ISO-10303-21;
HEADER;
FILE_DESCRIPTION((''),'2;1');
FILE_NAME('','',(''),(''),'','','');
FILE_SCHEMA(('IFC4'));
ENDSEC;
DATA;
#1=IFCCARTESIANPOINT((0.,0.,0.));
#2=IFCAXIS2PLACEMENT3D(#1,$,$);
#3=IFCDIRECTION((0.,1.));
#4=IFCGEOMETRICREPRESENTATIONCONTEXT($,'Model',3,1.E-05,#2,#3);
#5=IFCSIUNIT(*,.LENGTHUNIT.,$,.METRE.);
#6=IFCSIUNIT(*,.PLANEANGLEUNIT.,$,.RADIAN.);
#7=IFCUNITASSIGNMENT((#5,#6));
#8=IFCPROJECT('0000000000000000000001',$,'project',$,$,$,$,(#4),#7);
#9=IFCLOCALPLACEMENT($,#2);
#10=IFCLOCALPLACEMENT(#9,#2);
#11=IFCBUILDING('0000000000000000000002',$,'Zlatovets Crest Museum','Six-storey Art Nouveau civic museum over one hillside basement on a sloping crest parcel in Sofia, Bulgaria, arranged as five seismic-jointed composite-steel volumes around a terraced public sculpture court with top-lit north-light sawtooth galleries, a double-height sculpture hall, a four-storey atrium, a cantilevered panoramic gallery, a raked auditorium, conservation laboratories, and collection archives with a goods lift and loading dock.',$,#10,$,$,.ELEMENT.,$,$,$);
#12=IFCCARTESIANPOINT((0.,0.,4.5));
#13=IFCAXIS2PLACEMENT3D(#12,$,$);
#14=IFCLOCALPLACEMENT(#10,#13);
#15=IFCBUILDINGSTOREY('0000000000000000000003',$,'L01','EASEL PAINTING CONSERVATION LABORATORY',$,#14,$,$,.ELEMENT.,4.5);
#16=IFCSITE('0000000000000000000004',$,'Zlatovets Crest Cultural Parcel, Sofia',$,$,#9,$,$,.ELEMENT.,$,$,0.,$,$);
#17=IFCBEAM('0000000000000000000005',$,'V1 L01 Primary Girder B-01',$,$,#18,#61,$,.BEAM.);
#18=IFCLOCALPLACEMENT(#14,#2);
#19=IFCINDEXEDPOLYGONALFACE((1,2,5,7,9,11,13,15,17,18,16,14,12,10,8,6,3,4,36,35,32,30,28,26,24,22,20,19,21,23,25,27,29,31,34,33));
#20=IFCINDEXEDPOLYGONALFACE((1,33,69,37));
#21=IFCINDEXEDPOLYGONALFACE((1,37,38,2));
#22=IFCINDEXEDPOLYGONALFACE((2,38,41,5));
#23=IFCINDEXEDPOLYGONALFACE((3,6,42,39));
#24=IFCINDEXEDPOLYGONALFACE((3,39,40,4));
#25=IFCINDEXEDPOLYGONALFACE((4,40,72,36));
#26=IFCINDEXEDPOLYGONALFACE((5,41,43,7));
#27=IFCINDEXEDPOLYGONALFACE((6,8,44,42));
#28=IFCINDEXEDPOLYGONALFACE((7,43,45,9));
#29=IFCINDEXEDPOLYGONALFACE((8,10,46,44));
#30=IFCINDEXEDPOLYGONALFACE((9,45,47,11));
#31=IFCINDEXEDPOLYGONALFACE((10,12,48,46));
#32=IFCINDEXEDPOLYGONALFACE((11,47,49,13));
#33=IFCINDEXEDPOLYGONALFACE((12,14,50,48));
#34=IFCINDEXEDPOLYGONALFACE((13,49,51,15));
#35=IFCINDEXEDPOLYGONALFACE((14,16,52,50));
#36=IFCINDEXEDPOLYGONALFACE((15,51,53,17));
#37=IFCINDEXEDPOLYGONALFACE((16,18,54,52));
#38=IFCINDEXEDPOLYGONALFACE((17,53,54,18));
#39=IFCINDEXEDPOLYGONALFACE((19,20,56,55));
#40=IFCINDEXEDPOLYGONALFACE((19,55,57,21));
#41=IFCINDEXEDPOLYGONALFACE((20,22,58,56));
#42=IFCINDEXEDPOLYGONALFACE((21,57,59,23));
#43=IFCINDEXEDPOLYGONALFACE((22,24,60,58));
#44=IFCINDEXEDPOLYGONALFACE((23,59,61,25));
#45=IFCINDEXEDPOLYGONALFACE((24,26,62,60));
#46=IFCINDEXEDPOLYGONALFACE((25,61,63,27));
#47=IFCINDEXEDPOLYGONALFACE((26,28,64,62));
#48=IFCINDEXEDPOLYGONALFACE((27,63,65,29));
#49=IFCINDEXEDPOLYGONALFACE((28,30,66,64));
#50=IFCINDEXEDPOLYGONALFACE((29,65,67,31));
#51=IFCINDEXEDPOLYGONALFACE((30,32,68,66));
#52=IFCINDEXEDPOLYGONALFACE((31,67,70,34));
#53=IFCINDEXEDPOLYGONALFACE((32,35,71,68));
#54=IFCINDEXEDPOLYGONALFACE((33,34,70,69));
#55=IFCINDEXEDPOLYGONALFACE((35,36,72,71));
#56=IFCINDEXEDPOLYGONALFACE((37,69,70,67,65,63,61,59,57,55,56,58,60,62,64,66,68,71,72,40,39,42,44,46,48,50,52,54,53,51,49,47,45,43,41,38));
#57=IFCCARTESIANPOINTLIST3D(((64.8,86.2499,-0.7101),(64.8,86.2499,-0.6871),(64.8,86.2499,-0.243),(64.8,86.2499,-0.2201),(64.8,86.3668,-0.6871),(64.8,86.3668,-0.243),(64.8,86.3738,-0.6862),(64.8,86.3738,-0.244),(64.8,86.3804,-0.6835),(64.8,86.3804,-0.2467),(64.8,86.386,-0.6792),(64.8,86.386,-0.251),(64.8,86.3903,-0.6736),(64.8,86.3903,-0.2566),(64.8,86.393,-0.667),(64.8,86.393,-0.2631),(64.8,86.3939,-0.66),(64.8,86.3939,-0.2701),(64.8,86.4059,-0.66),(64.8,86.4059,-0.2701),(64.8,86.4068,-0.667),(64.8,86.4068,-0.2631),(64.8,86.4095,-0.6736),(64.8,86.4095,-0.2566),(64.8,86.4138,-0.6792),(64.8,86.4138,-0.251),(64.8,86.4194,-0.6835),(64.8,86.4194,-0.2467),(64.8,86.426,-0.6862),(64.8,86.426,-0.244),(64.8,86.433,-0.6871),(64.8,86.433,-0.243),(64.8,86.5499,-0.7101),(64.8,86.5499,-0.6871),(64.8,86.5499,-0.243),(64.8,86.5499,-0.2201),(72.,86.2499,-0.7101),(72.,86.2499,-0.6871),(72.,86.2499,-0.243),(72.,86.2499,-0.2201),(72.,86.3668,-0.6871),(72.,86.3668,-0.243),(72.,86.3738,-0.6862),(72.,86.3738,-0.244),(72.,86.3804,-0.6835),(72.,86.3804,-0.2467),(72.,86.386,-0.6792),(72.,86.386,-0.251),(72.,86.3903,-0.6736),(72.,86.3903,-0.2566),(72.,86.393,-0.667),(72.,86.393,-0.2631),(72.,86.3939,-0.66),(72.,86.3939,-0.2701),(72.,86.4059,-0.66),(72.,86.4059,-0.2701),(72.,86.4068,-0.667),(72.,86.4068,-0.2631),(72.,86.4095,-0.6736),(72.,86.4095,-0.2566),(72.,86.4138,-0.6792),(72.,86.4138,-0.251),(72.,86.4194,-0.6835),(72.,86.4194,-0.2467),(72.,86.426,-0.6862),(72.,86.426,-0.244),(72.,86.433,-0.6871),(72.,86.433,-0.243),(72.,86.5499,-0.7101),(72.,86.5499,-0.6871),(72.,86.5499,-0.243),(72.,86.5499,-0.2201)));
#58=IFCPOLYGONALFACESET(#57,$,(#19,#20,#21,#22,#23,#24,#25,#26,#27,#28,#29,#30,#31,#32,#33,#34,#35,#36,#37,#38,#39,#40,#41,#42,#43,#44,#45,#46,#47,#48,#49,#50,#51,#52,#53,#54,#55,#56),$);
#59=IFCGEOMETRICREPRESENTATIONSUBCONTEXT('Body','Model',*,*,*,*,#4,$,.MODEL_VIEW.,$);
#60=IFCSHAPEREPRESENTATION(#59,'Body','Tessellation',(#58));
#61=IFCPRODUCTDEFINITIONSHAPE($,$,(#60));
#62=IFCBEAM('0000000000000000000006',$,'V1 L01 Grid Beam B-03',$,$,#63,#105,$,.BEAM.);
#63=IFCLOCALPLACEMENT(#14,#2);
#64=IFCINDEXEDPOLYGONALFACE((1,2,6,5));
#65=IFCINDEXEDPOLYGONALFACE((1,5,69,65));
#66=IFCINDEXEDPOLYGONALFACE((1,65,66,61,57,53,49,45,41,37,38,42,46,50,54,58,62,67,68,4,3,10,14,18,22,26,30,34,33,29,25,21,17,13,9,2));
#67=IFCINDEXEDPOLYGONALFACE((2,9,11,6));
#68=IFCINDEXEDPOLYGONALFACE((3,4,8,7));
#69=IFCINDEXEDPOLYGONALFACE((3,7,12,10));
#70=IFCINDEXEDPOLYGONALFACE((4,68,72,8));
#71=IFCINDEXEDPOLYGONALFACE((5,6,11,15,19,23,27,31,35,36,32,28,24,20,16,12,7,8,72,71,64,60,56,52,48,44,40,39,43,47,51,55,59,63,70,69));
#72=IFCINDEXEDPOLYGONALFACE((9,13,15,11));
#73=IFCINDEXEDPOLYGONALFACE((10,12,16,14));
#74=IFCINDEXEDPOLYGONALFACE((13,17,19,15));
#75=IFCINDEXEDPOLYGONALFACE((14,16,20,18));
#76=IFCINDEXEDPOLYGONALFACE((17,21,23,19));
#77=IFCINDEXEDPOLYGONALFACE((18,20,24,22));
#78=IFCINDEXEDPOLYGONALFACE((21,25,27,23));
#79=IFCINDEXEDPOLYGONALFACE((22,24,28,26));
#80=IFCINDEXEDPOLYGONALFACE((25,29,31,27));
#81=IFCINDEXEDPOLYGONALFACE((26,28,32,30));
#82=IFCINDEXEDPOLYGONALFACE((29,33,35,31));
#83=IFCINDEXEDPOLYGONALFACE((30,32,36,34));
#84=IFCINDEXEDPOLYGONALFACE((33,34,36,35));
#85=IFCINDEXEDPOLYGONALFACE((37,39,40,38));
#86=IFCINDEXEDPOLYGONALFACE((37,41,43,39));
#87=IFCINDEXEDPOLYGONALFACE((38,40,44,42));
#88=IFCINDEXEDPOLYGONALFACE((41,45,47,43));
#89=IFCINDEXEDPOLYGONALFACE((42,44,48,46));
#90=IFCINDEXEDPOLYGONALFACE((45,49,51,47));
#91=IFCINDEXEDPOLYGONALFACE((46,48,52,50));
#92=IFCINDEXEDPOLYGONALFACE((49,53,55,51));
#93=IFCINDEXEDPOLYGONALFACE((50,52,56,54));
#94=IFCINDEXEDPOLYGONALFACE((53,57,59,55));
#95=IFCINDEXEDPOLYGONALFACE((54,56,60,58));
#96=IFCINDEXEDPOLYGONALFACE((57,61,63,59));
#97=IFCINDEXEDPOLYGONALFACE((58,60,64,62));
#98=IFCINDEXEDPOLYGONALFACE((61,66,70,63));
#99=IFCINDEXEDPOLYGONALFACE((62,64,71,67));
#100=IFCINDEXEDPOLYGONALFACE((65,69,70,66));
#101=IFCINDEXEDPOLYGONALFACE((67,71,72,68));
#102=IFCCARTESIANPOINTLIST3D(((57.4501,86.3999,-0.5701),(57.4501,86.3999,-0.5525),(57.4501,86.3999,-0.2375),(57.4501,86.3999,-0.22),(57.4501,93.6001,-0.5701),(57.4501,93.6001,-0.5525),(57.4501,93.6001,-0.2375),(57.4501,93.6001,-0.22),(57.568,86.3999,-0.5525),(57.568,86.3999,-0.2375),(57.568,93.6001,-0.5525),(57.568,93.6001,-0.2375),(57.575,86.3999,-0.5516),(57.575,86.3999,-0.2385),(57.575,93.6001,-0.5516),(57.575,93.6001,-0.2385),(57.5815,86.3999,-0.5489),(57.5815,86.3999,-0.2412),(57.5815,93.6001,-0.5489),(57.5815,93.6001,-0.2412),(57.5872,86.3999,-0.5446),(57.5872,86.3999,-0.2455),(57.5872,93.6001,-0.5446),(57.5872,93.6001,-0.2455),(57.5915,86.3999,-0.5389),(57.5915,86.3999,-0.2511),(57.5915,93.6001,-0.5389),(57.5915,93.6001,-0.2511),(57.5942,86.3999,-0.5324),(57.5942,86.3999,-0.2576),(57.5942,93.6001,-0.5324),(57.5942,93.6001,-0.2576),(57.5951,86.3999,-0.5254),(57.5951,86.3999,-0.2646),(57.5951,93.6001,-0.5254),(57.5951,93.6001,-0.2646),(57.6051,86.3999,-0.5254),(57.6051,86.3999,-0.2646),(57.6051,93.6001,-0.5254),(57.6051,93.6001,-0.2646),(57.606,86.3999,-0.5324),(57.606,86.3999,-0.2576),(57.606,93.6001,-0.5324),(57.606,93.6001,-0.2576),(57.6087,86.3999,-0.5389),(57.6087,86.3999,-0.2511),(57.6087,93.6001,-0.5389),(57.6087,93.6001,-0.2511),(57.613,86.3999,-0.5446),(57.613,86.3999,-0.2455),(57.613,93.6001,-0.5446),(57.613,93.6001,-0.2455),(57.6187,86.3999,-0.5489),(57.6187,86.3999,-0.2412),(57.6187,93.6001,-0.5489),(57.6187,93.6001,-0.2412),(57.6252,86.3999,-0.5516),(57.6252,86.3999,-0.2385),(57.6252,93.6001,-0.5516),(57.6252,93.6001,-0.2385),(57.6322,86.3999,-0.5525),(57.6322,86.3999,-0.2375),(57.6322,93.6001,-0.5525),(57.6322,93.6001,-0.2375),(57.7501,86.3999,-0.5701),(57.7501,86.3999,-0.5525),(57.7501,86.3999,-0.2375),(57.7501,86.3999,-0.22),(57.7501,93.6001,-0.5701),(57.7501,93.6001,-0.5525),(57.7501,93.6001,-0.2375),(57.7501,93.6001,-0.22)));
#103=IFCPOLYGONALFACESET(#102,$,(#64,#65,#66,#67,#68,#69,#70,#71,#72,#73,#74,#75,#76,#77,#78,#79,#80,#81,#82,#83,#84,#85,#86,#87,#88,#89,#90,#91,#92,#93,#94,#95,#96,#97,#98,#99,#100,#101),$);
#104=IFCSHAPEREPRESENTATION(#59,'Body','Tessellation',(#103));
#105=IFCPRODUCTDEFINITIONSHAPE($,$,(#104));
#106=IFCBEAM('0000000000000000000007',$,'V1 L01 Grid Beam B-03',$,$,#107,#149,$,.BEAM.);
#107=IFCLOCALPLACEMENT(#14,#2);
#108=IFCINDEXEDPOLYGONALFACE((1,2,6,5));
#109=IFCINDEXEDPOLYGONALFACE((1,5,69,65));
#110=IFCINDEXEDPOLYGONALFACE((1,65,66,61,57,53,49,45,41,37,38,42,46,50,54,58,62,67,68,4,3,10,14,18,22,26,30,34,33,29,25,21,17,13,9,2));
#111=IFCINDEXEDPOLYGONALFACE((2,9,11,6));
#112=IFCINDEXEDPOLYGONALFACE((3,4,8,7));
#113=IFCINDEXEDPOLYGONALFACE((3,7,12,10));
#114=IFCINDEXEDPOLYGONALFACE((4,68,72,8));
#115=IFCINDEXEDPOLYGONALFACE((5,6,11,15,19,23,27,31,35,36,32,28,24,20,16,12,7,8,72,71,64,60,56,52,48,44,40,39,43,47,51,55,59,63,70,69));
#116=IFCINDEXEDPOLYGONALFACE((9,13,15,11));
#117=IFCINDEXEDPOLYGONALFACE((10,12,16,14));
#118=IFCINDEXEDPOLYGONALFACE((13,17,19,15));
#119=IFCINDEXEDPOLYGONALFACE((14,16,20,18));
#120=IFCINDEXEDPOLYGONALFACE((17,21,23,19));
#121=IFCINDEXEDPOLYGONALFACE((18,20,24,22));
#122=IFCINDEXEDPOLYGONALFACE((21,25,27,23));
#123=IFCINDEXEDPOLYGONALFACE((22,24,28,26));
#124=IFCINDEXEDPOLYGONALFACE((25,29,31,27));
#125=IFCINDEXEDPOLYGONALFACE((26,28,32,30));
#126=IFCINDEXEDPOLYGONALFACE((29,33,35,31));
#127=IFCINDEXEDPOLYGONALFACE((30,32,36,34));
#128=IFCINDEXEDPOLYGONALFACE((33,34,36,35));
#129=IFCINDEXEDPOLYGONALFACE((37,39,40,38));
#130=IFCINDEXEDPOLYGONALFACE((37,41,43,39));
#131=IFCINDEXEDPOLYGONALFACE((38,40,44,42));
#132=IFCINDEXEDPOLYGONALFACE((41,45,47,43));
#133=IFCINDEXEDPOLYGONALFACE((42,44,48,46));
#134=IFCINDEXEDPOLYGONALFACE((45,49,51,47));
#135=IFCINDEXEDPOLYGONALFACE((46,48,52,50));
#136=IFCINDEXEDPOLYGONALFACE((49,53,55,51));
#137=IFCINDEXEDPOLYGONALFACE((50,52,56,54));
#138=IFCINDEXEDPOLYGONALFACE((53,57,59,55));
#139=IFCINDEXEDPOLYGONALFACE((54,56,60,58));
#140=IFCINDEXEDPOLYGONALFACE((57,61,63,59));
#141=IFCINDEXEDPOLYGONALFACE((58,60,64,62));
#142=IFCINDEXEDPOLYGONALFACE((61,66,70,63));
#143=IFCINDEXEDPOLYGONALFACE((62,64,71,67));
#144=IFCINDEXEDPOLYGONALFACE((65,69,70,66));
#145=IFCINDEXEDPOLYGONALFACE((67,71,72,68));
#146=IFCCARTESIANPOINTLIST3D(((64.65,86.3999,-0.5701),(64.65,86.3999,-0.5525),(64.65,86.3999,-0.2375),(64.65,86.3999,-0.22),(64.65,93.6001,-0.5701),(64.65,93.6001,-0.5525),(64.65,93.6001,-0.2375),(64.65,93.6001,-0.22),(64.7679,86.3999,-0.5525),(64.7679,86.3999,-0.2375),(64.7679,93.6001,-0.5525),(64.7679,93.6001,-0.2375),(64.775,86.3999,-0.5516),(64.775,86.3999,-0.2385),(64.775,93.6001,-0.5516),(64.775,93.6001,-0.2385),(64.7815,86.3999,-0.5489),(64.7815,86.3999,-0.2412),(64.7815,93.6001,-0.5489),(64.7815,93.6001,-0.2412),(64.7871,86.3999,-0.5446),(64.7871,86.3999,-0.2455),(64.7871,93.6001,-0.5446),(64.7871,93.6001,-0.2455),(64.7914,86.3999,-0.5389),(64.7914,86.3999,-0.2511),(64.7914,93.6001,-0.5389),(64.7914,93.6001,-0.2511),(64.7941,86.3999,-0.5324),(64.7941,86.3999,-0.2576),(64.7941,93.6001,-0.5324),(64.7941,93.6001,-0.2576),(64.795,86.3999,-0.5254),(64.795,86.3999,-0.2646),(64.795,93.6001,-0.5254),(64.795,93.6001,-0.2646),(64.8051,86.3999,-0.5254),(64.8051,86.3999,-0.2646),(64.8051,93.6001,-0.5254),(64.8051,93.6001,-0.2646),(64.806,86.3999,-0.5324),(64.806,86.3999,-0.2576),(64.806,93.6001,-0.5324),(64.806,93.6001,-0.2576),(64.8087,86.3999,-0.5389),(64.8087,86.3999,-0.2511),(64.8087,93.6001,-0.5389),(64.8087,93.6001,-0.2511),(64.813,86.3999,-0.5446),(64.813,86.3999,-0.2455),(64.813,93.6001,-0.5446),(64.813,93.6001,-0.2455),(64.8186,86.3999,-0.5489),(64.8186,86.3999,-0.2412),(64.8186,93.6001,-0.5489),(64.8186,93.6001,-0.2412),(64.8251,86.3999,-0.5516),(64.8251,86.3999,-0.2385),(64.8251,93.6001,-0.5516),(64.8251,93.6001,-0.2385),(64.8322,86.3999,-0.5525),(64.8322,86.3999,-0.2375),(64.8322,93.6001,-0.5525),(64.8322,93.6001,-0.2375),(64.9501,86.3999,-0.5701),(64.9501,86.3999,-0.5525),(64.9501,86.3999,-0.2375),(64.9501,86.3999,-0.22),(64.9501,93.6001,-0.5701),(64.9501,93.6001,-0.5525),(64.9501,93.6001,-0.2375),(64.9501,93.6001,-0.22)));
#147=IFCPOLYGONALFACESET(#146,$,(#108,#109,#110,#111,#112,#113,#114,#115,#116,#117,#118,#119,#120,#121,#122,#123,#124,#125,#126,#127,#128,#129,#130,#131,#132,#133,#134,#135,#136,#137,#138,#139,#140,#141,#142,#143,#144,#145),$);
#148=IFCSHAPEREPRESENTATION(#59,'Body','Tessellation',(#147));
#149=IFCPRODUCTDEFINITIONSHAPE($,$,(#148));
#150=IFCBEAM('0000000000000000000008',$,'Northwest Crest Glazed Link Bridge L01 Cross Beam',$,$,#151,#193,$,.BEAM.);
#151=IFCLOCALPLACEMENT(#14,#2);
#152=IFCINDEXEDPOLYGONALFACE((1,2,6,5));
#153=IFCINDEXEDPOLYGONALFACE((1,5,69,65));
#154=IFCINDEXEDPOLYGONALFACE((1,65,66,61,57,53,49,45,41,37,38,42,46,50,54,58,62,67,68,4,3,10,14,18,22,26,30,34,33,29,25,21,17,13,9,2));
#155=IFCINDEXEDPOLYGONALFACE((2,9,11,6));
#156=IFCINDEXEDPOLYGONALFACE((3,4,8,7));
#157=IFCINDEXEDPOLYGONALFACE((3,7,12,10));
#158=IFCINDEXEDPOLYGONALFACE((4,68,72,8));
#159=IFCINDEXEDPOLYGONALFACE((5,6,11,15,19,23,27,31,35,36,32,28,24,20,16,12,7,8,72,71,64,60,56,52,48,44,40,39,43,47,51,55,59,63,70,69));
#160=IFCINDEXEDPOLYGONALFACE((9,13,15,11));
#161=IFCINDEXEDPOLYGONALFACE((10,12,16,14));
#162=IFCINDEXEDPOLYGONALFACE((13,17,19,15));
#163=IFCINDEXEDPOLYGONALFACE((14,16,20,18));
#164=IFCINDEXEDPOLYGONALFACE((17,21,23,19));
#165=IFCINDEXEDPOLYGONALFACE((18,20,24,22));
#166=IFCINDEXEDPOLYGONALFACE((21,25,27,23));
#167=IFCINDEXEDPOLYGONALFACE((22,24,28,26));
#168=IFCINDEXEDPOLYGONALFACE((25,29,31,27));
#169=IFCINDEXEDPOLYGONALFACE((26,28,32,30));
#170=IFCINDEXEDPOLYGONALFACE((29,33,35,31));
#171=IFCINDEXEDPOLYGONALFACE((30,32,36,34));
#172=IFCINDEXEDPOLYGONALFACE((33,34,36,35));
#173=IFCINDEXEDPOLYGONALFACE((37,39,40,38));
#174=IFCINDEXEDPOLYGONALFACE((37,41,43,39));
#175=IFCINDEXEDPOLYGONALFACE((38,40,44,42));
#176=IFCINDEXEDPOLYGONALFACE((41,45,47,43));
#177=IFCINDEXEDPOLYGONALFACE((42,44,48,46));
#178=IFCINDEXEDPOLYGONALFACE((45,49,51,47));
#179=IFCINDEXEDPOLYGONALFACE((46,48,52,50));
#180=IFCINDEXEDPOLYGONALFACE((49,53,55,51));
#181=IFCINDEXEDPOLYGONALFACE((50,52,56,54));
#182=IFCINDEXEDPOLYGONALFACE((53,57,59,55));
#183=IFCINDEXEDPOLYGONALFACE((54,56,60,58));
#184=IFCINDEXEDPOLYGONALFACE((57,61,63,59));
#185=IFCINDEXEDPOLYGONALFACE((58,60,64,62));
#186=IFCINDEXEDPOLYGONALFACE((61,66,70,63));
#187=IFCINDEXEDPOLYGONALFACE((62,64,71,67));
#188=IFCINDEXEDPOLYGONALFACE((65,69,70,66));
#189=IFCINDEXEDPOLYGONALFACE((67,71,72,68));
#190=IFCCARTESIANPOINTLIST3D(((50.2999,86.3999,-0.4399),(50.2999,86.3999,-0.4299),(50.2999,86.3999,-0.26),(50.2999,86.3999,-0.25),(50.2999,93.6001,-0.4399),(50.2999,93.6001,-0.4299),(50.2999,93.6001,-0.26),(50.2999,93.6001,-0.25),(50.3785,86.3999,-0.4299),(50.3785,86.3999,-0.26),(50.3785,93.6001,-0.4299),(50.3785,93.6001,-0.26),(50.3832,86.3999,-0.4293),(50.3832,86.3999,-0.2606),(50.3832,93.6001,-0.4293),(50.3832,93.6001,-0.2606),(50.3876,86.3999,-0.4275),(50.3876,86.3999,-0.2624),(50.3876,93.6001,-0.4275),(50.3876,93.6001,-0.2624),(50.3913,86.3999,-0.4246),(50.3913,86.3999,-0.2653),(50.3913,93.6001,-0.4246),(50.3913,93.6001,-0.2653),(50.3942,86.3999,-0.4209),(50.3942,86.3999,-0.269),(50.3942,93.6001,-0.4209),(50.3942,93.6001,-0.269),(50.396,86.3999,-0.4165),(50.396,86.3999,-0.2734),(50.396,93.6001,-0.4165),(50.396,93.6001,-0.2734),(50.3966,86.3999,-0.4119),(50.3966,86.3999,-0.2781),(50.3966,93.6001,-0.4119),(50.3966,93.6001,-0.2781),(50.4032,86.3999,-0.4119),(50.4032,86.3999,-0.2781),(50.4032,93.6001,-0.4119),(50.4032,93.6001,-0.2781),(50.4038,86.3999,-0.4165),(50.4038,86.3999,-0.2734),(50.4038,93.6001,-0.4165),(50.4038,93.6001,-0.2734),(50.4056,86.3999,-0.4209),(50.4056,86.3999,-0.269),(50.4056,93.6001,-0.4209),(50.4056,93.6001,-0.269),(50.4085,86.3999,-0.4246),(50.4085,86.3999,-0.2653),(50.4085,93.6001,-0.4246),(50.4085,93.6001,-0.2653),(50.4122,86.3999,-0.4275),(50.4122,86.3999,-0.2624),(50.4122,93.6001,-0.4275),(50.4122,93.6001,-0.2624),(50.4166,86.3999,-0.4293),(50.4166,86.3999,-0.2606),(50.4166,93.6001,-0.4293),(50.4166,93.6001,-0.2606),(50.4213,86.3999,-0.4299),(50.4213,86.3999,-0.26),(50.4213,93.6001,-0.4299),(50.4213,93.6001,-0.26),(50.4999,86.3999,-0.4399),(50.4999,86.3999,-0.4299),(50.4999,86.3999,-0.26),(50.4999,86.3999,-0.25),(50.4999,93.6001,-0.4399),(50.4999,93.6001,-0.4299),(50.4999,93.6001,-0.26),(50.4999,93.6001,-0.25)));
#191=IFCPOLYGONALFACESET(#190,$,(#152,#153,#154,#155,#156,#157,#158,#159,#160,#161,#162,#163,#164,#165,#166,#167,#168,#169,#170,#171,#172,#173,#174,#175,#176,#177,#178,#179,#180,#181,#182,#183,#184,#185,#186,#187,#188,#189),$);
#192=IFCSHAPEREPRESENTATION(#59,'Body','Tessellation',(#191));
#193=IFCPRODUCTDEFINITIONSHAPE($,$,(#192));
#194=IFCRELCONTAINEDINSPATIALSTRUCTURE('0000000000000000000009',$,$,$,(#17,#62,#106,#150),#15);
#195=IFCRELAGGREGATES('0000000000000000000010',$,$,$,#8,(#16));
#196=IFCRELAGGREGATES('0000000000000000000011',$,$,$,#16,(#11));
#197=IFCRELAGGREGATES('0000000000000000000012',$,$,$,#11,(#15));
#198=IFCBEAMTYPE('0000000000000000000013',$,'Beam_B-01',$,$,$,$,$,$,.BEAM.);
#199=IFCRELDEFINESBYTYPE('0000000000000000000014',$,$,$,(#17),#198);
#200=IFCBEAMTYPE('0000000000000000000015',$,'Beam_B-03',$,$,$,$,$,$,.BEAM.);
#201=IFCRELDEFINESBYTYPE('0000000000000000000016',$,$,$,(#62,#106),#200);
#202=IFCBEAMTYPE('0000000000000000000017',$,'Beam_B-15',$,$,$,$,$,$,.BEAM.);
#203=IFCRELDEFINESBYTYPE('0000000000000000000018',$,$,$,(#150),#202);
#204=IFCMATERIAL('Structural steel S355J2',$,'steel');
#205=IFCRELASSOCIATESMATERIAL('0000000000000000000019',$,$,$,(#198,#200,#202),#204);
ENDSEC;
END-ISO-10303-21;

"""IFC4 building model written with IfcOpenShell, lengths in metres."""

from ifc_helpers import new_model, si_unit, direction, frame, origin, origin_2d, place, context, subcontext, project, spatial, i_section, extrude, material, material_profile, profile_set, type_object, element, save


model = new_model("IFC4")

# Units and contexts
model_context = context("Model", 3, precision=1e-05, world=origin(), true_north=direction((0.0, 1.0)))
body_context = subcontext(model_context, "Body", "Model", "MODEL_VIEW")
ifc_project = project(units=[si_unit("LENGTHUNIT", "METRE"), si_unit("PLANEANGLEUNIT", "RADIAN")], contexts=[model_context])

# Site, building, storey
site_placement = place(None, origin())
site = spatial("IfcSite", under=ifc_project, at=site_placement, Name="Zlatovets Crest Cultural Parcel, Sofia", CompositionType="ELEMENT", RefElevation=0.0)
building_placement = place(site_placement, origin())
building = spatial("IfcBuilding", under=site, at=building_placement, Name="Zlatovets Crest Museum", Description="Six-storey Art Nouveau civic museum over one hillside basement on a sloping crest parcel in Sofia, Bulgaria, arranged as five seismic-jointed composite-steel volumes around a terraced public sculpture court with top-lit north-light sawtooth galleries, a double-height sculpture hall, a four-storey atrium, a cantilevered panoramic gallery, a raked auditorium, conservation laboratories, and collection archives with a goods lift and loading dock.", CompositionType="ELEMENT")
storey_placement = place(building_placement, frame((0.0, 0.0, 4.5)))
storey = spatial("IfcBuildingStorey", under=building, at=storey_placement, Name="L01", Description="EASEL PAINTING CONSERVATION LABORATORY", CompositionType="ELEMENT", Elevation=4.5)

# Shared definitions
ifc_material_1 = material(Name="Structural steel S355J2", Category="steel")

# Beams
ifc_material_profile_1 = material_profile(ifc_material_1, i_section(OverallWidth=0.3, OverallDepth=0.49, WebThickness=0.012, FlangeThickness=0.0229, FilletRadius=0.0271, at=origin_2d()), Name="HEA 500")
ifc_profile_set_1 = profile_set([ifc_material_profile_1], Name="Structural steel S355J2")
beam_type_1 = type_object("IfcBeamType", Name="Beam_B-01", PredefinedType="BEAM", material=ifc_profile_set_1)
for number, where, z_axis, x_axis, name in (
    (1, (64.8, 86.3999, -0.4651), (1.0, 0.0, 0.0), (0.0, 1.0, 0.0), "V1 L01 Primary Girder B-01"),
):
    element("IfcBeam", number, at=place(storey_placement, frame(where, z_axis=z_axis, x_axis=x_axis)), inside=storey, type_object=beam_type_1, Name=name, PredefinedType="BEAM", context=body_context, shape_type="SweptSolid", body=[
        extrude(i_section(OverallWidth=0.3, OverallDepth=0.49, WebThickness=0.012, FlangeThickness=0.0229, FilletRadius=0.0271, at=origin_2d()), origin(), (0.0, 0.0, 1.0), 7.2),
    ])
ifc_material_profile_2 = material_profile(ifc_material_1, i_section(OverallWidth=0.3, OverallDepth=0.3501, WebThickness=0.01, FlangeThickness=0.0176, FilletRadius=0.0271, at=origin_2d()), Name="HEA 360")
ifc_profile_set_2 = profile_set([ifc_material_profile_2], Name="Structural steel S355J2")
beam_type_2 = type_object("IfcBeamType", Name="Beam_B-03", PredefinedType="BEAM", material=ifc_profile_set_2)
for number, where, z_axis, x_axis, name in (
    (2, (57.6001, 86.3999, -0.395), (0.0, 1.0, 0.0), (-1.0, 0.0, 0.0), "V1 L01 Grid Beam B-03"),
    (3, (64.8, 86.3999, -0.395), (0.0, 1.0, 0.0), (-1.0, 0.0, 0.0), "V1 L01 Grid Beam B-03"),
):
    element("IfcBeam", number, at=place(storey_placement, frame(where, z_axis=z_axis, x_axis=x_axis)), inside=storey, type_object=beam_type_2, Name=name, PredefinedType="BEAM", context=body_context, shape_type="SweptSolid", body=[
        extrude(i_section(OverallWidth=0.3, OverallDepth=0.3501, WebThickness=0.01, FlangeThickness=0.0176, FilletRadius=0.0271, at=origin_2d()), origin(), (0.0, 0.0, 1.0), 7.2002),
    ])
ifc_material_profile_3 = material_profile(ifc_material_1, i_section(OverallWidth=0.2, OverallDepth=0.1899, WebThickness=0.0066, FlangeThickness=0.01, FilletRadius=0.0181, at=origin_2d()), Name="HEA 200")
ifc_profile_set_3 = profile_set([ifc_material_profile_3], Name="Structural steel S355J2")
beam_type_3 = type_object("IfcBeamType", Name="Beam_B-15", PredefinedType="BEAM", material=ifc_profile_set_3)
beam_1_placement = place(storey_placement, frame((50.3999, 86.3999, -0.345), z_axis=(0.0, 1.0, 0.0), x_axis=(-1.0, 0.0, 0.0)))
element("IfcBeam", 4, at=beam_1_placement, inside=storey, type_object=beam_type_3, Name="Northwest Crest Glazed Link Bridge L01 Cross Beam", PredefinedType="BEAM", context=body_context, shape_type="SweptSolid", body=[
    extrude(i_section(OverallWidth=0.2, OverallDepth=0.1899, WebThickness=0.0066, FlangeThickness=0.01, FilletRadius=0.0181, at=origin_2d()), origin(), (0.0, 0.0, 1.0), 7.2002),
])

save(model, "model.ifc")
